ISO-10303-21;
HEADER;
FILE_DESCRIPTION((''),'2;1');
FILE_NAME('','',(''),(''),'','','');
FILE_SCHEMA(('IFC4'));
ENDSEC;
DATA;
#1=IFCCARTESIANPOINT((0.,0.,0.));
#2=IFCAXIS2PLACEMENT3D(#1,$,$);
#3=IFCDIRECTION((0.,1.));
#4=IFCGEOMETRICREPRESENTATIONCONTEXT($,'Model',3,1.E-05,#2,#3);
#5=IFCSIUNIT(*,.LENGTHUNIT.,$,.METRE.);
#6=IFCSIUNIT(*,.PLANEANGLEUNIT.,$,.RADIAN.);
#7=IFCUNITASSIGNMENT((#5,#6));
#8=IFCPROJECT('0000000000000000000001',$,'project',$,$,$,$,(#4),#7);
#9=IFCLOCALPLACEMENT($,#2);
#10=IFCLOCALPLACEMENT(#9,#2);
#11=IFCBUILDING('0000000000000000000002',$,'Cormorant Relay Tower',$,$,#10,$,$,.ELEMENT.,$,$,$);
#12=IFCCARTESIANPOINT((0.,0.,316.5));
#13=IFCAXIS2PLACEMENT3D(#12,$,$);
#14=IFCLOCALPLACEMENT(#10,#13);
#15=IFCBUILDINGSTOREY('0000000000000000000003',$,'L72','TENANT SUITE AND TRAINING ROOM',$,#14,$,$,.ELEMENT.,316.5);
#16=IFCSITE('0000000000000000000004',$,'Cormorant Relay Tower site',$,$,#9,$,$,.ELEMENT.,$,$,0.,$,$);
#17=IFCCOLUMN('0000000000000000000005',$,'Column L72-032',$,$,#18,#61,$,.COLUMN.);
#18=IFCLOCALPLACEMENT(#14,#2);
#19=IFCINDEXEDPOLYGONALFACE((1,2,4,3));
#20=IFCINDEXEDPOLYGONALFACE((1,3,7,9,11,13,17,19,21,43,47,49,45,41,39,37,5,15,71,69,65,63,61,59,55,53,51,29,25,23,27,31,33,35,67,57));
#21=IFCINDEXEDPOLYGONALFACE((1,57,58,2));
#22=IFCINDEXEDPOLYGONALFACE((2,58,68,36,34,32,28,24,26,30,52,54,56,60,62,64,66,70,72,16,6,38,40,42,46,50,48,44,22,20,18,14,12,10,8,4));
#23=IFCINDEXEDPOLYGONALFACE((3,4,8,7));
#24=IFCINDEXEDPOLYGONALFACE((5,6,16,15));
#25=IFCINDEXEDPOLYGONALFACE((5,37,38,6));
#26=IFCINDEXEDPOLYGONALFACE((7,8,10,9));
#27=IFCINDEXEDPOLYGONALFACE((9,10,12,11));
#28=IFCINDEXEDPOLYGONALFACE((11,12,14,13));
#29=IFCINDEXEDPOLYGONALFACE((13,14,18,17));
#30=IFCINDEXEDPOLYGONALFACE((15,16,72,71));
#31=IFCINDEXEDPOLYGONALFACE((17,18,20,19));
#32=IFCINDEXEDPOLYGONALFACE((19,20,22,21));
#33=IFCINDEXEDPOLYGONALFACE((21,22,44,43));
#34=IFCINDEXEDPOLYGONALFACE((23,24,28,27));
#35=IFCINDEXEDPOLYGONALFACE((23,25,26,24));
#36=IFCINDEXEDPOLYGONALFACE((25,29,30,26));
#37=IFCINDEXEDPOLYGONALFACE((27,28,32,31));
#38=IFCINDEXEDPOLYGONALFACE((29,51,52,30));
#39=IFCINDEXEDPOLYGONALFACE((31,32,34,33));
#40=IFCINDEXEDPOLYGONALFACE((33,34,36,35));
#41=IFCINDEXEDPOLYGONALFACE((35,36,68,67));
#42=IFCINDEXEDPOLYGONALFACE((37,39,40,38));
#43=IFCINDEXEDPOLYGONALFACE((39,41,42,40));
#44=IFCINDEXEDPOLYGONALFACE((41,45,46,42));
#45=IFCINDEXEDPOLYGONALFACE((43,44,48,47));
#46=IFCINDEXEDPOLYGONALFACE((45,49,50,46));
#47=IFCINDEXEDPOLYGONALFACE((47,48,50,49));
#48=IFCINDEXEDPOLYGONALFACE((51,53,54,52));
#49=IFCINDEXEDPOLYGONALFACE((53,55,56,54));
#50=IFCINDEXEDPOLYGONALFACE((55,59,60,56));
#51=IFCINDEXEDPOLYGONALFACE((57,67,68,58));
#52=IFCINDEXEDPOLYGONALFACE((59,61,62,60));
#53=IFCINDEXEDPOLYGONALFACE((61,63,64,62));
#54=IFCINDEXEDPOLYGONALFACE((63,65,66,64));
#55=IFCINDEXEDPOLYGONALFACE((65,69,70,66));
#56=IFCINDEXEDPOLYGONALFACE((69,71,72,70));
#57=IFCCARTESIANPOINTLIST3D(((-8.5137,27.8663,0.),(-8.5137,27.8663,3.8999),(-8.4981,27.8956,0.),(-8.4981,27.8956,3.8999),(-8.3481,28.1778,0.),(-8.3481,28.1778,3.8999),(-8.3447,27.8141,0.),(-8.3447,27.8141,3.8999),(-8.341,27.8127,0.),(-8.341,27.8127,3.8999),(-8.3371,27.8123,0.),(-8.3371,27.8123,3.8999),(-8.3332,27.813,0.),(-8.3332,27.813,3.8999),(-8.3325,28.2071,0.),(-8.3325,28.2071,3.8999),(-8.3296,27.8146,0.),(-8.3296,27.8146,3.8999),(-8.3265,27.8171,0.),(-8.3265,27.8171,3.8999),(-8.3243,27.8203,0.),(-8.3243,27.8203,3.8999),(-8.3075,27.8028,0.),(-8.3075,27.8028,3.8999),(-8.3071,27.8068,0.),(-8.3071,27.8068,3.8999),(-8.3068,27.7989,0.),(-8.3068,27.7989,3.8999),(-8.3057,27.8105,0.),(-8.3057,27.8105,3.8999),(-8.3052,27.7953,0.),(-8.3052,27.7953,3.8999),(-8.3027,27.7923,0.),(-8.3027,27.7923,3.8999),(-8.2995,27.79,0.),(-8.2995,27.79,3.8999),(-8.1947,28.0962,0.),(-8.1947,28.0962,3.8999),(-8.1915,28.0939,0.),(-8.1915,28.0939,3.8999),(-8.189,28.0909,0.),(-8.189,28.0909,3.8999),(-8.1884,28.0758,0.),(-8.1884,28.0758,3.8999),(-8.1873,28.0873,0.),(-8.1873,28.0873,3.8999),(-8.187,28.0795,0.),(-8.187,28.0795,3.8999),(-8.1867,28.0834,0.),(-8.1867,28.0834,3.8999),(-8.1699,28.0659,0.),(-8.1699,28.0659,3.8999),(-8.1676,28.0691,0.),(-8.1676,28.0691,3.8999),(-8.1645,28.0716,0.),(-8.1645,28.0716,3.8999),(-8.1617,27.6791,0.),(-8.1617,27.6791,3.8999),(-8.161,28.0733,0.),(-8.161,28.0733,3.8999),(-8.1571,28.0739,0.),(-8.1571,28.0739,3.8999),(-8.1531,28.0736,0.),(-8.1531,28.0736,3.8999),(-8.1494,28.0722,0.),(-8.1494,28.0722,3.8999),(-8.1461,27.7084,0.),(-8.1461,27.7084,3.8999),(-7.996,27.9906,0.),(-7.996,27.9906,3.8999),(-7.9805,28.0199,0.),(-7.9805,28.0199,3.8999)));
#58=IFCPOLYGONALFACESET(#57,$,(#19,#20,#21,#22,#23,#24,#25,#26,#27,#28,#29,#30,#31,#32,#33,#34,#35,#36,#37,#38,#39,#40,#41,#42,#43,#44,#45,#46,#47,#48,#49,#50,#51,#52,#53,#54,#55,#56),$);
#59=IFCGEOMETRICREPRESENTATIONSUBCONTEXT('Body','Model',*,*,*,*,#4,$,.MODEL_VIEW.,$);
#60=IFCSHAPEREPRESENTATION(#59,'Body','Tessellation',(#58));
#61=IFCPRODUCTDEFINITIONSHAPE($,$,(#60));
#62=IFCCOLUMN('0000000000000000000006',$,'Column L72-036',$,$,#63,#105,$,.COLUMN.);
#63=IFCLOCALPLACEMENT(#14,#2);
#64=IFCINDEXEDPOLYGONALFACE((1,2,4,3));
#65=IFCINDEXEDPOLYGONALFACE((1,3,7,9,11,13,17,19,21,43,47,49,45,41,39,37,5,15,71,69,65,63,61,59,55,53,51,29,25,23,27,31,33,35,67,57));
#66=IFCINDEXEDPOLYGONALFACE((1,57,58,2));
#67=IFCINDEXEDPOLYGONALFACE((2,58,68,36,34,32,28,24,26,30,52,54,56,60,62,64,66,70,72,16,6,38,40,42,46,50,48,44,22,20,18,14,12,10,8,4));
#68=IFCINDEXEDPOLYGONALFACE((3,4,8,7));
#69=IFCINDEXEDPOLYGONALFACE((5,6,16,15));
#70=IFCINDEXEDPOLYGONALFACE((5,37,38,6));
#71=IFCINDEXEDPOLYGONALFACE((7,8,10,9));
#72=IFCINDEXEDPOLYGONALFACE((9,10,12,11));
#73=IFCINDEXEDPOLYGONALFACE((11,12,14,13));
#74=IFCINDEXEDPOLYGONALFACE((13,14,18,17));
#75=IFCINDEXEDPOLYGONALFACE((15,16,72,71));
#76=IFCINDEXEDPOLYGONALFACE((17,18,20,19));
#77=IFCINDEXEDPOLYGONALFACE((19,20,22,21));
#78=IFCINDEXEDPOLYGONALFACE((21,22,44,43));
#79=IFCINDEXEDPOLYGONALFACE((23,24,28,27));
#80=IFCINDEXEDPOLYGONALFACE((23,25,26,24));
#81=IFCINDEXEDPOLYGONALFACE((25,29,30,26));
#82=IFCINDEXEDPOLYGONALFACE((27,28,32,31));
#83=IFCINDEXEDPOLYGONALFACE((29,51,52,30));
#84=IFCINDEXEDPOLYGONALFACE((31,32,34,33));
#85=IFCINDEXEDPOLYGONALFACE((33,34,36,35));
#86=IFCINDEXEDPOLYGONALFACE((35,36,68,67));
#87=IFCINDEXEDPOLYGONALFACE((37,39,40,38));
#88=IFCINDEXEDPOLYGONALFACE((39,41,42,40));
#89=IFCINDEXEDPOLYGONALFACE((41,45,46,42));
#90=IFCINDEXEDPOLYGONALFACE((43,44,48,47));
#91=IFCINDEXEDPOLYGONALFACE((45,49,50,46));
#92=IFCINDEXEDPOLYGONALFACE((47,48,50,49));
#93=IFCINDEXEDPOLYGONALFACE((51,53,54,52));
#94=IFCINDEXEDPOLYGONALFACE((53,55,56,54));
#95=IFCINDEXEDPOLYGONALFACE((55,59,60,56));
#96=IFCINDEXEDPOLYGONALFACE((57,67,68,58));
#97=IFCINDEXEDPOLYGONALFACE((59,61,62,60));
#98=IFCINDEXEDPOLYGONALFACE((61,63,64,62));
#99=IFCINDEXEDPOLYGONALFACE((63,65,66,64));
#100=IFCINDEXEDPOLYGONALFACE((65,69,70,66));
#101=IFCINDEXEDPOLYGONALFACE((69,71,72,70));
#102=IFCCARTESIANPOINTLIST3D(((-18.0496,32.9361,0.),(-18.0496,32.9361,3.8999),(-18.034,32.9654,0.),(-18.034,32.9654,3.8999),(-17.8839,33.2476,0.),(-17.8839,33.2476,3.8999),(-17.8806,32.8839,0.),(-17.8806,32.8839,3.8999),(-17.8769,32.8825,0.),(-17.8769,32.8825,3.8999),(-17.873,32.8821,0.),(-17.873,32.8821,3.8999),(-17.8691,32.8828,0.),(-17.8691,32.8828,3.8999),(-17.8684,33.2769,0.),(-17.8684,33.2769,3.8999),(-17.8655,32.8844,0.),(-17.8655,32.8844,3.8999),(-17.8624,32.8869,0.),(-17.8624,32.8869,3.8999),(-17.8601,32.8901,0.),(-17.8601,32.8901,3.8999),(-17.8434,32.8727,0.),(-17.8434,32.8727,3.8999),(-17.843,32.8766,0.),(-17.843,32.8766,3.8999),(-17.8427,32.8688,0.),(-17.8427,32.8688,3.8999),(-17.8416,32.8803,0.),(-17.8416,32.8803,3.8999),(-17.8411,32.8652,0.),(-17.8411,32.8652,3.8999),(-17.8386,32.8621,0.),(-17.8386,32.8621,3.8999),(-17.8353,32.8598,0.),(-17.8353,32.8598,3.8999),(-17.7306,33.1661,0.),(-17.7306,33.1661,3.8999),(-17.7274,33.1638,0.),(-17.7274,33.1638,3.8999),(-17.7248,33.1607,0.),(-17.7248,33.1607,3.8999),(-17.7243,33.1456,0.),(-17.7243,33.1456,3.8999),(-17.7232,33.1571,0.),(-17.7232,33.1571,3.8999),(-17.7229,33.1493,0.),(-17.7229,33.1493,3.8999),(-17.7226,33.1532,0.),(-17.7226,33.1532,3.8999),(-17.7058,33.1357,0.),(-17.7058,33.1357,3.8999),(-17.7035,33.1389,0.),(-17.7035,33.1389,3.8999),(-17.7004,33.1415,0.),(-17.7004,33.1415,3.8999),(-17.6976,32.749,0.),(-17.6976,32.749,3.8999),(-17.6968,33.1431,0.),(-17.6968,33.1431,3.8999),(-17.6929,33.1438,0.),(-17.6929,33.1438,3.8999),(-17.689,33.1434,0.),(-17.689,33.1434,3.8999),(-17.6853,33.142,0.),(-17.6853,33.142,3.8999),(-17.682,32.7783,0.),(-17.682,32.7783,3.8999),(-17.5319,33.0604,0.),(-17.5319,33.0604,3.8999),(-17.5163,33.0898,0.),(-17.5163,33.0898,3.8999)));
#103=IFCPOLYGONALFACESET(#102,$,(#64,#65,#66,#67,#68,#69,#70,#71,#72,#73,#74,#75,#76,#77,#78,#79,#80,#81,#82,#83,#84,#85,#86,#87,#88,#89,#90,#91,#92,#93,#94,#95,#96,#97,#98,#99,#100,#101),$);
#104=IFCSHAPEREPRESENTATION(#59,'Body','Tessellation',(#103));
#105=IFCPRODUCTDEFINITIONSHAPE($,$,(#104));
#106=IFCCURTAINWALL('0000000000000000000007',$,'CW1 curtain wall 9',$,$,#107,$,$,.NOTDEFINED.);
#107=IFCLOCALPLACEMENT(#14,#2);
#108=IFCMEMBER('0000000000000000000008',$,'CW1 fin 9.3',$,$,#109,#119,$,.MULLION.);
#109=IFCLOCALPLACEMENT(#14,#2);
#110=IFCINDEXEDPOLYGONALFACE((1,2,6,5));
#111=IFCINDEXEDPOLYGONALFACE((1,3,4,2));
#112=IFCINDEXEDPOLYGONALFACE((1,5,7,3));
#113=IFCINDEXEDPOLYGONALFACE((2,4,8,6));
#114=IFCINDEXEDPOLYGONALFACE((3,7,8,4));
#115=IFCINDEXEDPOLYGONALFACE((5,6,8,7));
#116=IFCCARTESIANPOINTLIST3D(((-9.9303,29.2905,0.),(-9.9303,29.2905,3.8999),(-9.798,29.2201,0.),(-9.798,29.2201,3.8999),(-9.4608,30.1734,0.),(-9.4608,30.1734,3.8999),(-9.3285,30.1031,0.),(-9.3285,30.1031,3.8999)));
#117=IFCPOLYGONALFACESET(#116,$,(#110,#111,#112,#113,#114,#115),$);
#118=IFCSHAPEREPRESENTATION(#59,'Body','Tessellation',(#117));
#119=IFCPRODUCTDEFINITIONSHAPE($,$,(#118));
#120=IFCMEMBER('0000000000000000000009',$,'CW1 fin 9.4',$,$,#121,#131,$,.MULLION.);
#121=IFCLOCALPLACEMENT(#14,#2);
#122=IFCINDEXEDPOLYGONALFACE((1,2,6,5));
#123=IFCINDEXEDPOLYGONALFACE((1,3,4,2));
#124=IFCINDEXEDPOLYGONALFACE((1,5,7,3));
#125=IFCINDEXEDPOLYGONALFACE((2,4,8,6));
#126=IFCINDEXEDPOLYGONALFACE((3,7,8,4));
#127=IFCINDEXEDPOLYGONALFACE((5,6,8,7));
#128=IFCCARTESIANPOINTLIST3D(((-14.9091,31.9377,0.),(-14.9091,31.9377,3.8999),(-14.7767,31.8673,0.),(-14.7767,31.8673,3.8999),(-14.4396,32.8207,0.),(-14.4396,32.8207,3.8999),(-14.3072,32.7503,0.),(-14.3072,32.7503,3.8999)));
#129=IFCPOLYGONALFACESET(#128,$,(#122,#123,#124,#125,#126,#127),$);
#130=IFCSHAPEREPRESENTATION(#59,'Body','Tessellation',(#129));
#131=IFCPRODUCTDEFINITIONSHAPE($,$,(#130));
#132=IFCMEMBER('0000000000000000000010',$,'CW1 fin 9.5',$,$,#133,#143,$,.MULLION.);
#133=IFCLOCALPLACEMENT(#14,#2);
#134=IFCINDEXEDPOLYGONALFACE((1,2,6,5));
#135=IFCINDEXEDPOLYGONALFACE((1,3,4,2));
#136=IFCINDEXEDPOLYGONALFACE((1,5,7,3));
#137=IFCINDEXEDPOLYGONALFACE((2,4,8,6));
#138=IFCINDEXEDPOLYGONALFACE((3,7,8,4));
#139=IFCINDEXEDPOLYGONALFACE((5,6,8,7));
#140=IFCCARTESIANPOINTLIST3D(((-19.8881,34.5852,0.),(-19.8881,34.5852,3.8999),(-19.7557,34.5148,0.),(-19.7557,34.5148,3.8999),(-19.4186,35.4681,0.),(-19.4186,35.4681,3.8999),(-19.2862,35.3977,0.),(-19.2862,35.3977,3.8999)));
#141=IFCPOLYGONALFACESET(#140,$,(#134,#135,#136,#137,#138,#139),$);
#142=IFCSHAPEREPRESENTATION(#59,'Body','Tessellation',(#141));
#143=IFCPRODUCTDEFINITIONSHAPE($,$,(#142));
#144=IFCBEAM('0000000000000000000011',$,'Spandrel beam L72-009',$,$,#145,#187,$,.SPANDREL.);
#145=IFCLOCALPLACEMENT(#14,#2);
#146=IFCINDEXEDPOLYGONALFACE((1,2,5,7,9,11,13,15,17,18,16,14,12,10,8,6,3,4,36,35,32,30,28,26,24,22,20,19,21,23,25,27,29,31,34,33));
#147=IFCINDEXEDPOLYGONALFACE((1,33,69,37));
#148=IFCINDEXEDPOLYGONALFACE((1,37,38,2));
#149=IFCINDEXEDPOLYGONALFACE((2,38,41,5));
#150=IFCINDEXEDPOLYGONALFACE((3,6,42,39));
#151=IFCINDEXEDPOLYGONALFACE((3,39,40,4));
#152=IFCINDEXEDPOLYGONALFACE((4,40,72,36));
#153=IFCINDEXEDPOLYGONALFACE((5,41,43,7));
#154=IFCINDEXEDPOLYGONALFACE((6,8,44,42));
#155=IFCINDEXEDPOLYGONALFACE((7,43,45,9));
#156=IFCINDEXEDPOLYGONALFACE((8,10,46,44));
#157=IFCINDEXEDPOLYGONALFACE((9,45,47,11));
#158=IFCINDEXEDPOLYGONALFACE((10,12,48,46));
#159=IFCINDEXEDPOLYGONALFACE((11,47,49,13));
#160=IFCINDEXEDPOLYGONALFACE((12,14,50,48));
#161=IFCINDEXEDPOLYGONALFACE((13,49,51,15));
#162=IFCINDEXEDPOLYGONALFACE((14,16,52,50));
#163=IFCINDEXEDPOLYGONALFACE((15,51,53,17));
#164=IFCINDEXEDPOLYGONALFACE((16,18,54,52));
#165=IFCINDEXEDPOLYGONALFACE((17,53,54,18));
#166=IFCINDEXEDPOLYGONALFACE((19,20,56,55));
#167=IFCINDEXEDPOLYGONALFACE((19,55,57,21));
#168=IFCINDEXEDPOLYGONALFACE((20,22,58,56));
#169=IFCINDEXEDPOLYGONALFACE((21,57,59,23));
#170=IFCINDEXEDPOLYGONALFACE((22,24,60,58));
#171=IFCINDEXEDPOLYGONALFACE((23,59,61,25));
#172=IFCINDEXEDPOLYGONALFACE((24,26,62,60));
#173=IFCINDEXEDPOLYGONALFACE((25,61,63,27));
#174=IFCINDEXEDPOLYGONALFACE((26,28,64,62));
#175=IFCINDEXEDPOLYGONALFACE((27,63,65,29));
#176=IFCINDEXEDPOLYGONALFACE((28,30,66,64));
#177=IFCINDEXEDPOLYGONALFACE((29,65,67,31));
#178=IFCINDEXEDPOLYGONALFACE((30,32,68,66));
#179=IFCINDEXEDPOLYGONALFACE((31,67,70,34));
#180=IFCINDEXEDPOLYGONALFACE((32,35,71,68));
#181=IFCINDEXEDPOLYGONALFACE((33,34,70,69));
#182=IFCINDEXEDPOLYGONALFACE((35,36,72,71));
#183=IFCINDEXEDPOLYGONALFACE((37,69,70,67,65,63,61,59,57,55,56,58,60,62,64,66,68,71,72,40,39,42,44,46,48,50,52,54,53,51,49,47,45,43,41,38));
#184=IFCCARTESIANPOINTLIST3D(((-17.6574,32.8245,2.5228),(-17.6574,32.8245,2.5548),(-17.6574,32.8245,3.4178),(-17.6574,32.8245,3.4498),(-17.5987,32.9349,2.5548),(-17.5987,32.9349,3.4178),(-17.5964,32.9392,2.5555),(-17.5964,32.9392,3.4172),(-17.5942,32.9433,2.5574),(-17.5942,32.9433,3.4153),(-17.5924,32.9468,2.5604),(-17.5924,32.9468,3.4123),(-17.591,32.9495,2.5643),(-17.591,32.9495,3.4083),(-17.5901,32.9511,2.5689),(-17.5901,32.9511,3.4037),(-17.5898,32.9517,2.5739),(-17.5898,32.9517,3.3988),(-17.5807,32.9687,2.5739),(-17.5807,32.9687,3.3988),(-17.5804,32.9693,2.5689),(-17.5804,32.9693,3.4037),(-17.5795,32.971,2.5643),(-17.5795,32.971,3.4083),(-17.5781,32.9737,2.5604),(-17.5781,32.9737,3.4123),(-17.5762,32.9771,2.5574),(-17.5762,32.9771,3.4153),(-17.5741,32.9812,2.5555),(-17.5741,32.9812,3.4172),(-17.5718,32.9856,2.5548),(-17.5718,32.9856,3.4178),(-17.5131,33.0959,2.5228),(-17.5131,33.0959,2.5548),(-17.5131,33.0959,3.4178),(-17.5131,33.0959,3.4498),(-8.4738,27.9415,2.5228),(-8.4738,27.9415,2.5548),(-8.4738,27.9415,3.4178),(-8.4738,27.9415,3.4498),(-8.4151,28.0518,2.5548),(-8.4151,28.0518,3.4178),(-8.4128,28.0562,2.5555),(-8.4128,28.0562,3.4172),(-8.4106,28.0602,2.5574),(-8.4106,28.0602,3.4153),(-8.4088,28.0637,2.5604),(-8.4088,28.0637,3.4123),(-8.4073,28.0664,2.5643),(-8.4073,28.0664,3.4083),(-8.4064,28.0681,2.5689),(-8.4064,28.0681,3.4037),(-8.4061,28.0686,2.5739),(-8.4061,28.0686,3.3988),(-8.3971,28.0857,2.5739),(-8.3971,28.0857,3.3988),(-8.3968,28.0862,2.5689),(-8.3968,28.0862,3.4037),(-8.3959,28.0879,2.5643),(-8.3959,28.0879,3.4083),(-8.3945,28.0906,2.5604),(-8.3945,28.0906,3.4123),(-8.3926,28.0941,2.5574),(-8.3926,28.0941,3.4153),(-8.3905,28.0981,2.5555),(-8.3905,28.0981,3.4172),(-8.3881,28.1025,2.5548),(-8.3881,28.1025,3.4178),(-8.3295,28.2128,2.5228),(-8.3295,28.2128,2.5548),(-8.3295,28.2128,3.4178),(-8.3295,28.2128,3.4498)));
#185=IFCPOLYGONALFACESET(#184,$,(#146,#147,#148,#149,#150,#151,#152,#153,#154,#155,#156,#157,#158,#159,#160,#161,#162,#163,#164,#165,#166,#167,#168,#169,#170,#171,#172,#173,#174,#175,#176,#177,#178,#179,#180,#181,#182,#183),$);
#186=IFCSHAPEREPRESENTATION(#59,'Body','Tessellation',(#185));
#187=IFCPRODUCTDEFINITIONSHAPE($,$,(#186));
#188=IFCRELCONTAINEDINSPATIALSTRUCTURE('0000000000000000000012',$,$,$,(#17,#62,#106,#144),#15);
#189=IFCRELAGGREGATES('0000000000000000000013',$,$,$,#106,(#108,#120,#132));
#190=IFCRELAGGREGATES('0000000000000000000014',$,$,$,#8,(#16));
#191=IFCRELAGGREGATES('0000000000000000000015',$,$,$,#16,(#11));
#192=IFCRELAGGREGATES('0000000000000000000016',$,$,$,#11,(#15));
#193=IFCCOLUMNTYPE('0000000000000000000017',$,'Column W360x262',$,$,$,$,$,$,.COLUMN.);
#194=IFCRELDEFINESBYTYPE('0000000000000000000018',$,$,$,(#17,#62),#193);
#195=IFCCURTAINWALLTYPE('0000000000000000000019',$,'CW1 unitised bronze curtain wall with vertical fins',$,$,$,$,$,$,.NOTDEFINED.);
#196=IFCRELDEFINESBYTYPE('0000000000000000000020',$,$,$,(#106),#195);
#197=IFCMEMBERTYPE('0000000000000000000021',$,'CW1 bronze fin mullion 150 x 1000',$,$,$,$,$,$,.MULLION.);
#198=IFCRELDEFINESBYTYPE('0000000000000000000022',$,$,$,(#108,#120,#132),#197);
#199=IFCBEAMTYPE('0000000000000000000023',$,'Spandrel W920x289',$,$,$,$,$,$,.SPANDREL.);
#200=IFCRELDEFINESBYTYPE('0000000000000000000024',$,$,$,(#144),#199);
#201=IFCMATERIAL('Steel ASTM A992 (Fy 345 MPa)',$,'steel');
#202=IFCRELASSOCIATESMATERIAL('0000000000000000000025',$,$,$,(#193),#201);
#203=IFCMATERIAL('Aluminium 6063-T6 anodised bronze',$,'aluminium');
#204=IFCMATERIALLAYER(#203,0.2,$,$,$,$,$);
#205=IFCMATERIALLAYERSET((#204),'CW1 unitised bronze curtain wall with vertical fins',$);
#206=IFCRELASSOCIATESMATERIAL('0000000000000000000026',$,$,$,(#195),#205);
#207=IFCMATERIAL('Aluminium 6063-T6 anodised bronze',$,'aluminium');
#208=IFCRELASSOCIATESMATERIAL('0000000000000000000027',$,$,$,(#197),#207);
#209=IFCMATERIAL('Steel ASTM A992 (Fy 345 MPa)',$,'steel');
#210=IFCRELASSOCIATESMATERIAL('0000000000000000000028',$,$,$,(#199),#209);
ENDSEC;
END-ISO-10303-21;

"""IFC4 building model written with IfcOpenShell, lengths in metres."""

from ifc_helpers import new_model, si_unit, direction, frame, origin, origin_2d, place, context, subcontext, project, spatial, rectangle, i_section, extrude, material, layer, layer_set, material_profile, profile_set, type_object, element, aggregate, save


model = new_model("IFC4")

# Units and contexts
model_context = context("Model", 3, precision=1e-05, world=origin(), true_north=direction((0.0, 1.0)))
body_context = subcontext(model_context, "Body", "Model", "MODEL_VIEW")
ifc_project = project(units=[si_unit("LENGTHUNIT", "METRE"), si_unit("PLANEANGLEUNIT", "RADIAN")], contexts=[model_context])

# Site, building, storey
site_placement = place(None, origin())
site = spatial("IfcSite", under=ifc_project, at=site_placement, Name="Cormorant Relay Tower site", CompositionType="ELEMENT", RefElevation=0.0)
building_placement = place(site_placement, origin())
building = spatial("IfcBuilding", under=site, at=building_placement, Name="Cormorant Relay Tower", CompositionType="ELEMENT")
storey_placement = place(building_placement, frame((0.0, 0.0, 316.5)))
storey = spatial("IfcBuildingStorey", under=building, at=storey_placement, Name="L72", Description="TENANT SUITE AND TRAINING ROOM", CompositionType="ELEMENT", Elevation=316.5)

# Columns
ifc_material_1 = material(Name="Steel ASTM A992 (Fy 345 MPa)", Category="steel")
ifc_material_profile_1 = material_profile(ifc_material_1, i_section(OverallWidth=0.3987, OverallDepth=0.386, WebThickness=0.021, FlangeThickness=0.0332, FilletRadius=0.0151, at=origin_2d()), Name="W360x262")
ifc_profile_set_1 = profile_set([ifc_material_profile_1], Name="Steel ASTM A992 (Fy 345 MPa)")
column_type = type_object("IfcColumnType", Name="Column W360x262", PredefinedType="COLUMN", material=ifc_profile_set_1)
for number, where, z_axis, x_axis, name in (
    (1, (-8.2471, 27.9431, 0.0), (0.0, 0.0, 1.0), (-0.882948, 0.469472, 0.0), "Column L72-032"),
    (2, (-17.783, 33.0129, 0.0), (0.0, 0.0, 1.0), (-0.882948, 0.469472, 0.0), "Column L72-036"),
):
    element("IfcColumn", number, at=place(storey_placement, frame(where, z_axis=z_axis, x_axis=x_axis)), inside=storey, type_object=column_type, Name=name, PredefinedType="COLUMN", context=body_context, shape_type="SweptSolid", body=[
        extrude(i_section(OverallWidth=0.3987, OverallDepth=0.386, WebThickness=0.021, FlangeThickness=0.0332, FilletRadius=0.0151, at=origin_2d()), origin(), (0.0, 0.0, 1.0), 3.8999),
    ])

# Curtain wall, members
ifc_material_2 = material(Name="Aluminium 6063-T6 anodised bronze", Category="aluminium")
ifc_layer_1 = layer(ifc_material_2, 0.2)
ifc_layer_set_1 = layer_set([ifc_layer_1], Name="CW1 unitised bronze curtain wall with vertical fins")
curtain_wall_type = type_object("IfcCurtainWallType", Name="CW1 unitised bronze curtain wall with vertical fins", PredefinedType="NOTDEFINED", material=ifc_layer_set_1)
curtain_wall_placement = place(storey_placement, origin())
curtain_wall = element("IfcCurtainWall", 3, at=curtain_wall_placement, inside=storey, type_object=curtain_wall_type, Name="CW1 curtain wall 9", PredefinedType="NOTDEFINED")
ifc_material_3 = material(Name="Aluminium 6063-T6 anodised bronze", Category="aluminium")
ifc_material_profile_2 = material_profile(ifc_material_3, rectangle(XDim=0.1499, YDim=1.0, at=origin_2d()), Name="AL 150x1000")
ifc_profile_set_2 = profile_set([ifc_material_profile_2], Name="Aluminium 6063-T6 anodised bronze")
member_type = type_object("IfcMemberType", Name="CW1 bronze fin mullion 150 x 1000", PredefinedType="MULLION", material=ifc_profile_set_2)
member_1_placement = place(storey_placement, frame((-9.6294, 29.6968, 0.0), z_axis=(0.0, 0.0, 1.0), x_axis=(-0.882948, 0.469472, 0.0)))
member_1 = element("IfcMember", 4, at=member_1_placement, type_object=member_type, Name="CW1 fin 9.3", PredefinedType="MULLION", context=body_context, shape_type="SweptSolid", body=[
    extrude(rectangle(XDim=0.1499, YDim=1.0, at=origin_2d()), origin(), (0.0, 0.0, 1.0), 3.8999),
])
member_2_placement = place(storey_placement, frame((-14.6082, 32.344, 0.0), z_axis=(0.0, 0.0, 1.0), x_axis=(-0.882948, 0.469472, 0.0)))
member_2 = element("IfcMember", 5, at=member_2_placement, type_object=member_type, Name="CW1 fin 9.4", PredefinedType="MULLION", context=body_context, shape_type="SweptSolid", body=[
    extrude(rectangle(XDim=0.1499, YDim=1.0, at=origin_2d()), origin(), (0.0, 0.0, 1.0), 3.8999),
])
member_3_placement = place(storey_placement, frame((-19.5872, 34.9915, 0.0), z_axis=(0.0, 0.0, 1.0), x_axis=(-0.882948, 0.469472, 0.0)))
member_3 = element("IfcMember", 6, at=member_3_placement, type_object=member_type, Name="CW1 fin 9.5", PredefinedType="MULLION", context=body_context, shape_type="SweptSolid", body=[
    extrude(rectangle(XDim=0.1499, YDim=1.0, at=origin_2d()), origin(), (0.0, 0.0, 1.0), 3.8999),
])

# Beam
ifc_material_4 = material(Name="Steel ASTM A992 (Fy 345 MPa)", Category="steel")
ifc_material_profile_3 = material_profile(ifc_material_4, i_section(OverallWidth=0.3074, OverallDepth=0.927, WebThickness=0.0193, FlangeThickness=0.032, FilletRadius=0.019, at=origin_2d()), Name="W920x289")
ifc_profile_set_3 = profile_set([ifc_material_profile_3], Name="Steel ASTM A992 (Fy 345 MPa)")
beam_type_1 = type_object("IfcBeamType", Name="Spandrel W920x289", PredefinedType="SPANDREL", material=ifc_profile_set_3)
beam_1_placement = place(storey_placement, frame((-8.4016, 28.0771, 2.9863), z_axis=(-0.882945, 0.469476, 0.0), x_axis=(-0.469476, -0.882945, 0.0)))
element("IfcBeam", 7, at=beam_1_placement, inside=storey, type_object=beam_type_1, Name="Spandrel beam L72-009", PredefinedType="SPANDREL", context=body_context, shape_type="SweptSolid", body=[
    extrude(i_section(OverallWidth=0.3074, OverallDepth=0.927, WebThickness=0.0193, FlangeThickness=0.032, FilletRadius=0.019, at=origin_2d()), origin(), (0.0, 0.0, 1.0), 10.4011),
])

aggregate(curtain_wall, [member_1, member_2, member_3])

save(model, "model.ifc")
